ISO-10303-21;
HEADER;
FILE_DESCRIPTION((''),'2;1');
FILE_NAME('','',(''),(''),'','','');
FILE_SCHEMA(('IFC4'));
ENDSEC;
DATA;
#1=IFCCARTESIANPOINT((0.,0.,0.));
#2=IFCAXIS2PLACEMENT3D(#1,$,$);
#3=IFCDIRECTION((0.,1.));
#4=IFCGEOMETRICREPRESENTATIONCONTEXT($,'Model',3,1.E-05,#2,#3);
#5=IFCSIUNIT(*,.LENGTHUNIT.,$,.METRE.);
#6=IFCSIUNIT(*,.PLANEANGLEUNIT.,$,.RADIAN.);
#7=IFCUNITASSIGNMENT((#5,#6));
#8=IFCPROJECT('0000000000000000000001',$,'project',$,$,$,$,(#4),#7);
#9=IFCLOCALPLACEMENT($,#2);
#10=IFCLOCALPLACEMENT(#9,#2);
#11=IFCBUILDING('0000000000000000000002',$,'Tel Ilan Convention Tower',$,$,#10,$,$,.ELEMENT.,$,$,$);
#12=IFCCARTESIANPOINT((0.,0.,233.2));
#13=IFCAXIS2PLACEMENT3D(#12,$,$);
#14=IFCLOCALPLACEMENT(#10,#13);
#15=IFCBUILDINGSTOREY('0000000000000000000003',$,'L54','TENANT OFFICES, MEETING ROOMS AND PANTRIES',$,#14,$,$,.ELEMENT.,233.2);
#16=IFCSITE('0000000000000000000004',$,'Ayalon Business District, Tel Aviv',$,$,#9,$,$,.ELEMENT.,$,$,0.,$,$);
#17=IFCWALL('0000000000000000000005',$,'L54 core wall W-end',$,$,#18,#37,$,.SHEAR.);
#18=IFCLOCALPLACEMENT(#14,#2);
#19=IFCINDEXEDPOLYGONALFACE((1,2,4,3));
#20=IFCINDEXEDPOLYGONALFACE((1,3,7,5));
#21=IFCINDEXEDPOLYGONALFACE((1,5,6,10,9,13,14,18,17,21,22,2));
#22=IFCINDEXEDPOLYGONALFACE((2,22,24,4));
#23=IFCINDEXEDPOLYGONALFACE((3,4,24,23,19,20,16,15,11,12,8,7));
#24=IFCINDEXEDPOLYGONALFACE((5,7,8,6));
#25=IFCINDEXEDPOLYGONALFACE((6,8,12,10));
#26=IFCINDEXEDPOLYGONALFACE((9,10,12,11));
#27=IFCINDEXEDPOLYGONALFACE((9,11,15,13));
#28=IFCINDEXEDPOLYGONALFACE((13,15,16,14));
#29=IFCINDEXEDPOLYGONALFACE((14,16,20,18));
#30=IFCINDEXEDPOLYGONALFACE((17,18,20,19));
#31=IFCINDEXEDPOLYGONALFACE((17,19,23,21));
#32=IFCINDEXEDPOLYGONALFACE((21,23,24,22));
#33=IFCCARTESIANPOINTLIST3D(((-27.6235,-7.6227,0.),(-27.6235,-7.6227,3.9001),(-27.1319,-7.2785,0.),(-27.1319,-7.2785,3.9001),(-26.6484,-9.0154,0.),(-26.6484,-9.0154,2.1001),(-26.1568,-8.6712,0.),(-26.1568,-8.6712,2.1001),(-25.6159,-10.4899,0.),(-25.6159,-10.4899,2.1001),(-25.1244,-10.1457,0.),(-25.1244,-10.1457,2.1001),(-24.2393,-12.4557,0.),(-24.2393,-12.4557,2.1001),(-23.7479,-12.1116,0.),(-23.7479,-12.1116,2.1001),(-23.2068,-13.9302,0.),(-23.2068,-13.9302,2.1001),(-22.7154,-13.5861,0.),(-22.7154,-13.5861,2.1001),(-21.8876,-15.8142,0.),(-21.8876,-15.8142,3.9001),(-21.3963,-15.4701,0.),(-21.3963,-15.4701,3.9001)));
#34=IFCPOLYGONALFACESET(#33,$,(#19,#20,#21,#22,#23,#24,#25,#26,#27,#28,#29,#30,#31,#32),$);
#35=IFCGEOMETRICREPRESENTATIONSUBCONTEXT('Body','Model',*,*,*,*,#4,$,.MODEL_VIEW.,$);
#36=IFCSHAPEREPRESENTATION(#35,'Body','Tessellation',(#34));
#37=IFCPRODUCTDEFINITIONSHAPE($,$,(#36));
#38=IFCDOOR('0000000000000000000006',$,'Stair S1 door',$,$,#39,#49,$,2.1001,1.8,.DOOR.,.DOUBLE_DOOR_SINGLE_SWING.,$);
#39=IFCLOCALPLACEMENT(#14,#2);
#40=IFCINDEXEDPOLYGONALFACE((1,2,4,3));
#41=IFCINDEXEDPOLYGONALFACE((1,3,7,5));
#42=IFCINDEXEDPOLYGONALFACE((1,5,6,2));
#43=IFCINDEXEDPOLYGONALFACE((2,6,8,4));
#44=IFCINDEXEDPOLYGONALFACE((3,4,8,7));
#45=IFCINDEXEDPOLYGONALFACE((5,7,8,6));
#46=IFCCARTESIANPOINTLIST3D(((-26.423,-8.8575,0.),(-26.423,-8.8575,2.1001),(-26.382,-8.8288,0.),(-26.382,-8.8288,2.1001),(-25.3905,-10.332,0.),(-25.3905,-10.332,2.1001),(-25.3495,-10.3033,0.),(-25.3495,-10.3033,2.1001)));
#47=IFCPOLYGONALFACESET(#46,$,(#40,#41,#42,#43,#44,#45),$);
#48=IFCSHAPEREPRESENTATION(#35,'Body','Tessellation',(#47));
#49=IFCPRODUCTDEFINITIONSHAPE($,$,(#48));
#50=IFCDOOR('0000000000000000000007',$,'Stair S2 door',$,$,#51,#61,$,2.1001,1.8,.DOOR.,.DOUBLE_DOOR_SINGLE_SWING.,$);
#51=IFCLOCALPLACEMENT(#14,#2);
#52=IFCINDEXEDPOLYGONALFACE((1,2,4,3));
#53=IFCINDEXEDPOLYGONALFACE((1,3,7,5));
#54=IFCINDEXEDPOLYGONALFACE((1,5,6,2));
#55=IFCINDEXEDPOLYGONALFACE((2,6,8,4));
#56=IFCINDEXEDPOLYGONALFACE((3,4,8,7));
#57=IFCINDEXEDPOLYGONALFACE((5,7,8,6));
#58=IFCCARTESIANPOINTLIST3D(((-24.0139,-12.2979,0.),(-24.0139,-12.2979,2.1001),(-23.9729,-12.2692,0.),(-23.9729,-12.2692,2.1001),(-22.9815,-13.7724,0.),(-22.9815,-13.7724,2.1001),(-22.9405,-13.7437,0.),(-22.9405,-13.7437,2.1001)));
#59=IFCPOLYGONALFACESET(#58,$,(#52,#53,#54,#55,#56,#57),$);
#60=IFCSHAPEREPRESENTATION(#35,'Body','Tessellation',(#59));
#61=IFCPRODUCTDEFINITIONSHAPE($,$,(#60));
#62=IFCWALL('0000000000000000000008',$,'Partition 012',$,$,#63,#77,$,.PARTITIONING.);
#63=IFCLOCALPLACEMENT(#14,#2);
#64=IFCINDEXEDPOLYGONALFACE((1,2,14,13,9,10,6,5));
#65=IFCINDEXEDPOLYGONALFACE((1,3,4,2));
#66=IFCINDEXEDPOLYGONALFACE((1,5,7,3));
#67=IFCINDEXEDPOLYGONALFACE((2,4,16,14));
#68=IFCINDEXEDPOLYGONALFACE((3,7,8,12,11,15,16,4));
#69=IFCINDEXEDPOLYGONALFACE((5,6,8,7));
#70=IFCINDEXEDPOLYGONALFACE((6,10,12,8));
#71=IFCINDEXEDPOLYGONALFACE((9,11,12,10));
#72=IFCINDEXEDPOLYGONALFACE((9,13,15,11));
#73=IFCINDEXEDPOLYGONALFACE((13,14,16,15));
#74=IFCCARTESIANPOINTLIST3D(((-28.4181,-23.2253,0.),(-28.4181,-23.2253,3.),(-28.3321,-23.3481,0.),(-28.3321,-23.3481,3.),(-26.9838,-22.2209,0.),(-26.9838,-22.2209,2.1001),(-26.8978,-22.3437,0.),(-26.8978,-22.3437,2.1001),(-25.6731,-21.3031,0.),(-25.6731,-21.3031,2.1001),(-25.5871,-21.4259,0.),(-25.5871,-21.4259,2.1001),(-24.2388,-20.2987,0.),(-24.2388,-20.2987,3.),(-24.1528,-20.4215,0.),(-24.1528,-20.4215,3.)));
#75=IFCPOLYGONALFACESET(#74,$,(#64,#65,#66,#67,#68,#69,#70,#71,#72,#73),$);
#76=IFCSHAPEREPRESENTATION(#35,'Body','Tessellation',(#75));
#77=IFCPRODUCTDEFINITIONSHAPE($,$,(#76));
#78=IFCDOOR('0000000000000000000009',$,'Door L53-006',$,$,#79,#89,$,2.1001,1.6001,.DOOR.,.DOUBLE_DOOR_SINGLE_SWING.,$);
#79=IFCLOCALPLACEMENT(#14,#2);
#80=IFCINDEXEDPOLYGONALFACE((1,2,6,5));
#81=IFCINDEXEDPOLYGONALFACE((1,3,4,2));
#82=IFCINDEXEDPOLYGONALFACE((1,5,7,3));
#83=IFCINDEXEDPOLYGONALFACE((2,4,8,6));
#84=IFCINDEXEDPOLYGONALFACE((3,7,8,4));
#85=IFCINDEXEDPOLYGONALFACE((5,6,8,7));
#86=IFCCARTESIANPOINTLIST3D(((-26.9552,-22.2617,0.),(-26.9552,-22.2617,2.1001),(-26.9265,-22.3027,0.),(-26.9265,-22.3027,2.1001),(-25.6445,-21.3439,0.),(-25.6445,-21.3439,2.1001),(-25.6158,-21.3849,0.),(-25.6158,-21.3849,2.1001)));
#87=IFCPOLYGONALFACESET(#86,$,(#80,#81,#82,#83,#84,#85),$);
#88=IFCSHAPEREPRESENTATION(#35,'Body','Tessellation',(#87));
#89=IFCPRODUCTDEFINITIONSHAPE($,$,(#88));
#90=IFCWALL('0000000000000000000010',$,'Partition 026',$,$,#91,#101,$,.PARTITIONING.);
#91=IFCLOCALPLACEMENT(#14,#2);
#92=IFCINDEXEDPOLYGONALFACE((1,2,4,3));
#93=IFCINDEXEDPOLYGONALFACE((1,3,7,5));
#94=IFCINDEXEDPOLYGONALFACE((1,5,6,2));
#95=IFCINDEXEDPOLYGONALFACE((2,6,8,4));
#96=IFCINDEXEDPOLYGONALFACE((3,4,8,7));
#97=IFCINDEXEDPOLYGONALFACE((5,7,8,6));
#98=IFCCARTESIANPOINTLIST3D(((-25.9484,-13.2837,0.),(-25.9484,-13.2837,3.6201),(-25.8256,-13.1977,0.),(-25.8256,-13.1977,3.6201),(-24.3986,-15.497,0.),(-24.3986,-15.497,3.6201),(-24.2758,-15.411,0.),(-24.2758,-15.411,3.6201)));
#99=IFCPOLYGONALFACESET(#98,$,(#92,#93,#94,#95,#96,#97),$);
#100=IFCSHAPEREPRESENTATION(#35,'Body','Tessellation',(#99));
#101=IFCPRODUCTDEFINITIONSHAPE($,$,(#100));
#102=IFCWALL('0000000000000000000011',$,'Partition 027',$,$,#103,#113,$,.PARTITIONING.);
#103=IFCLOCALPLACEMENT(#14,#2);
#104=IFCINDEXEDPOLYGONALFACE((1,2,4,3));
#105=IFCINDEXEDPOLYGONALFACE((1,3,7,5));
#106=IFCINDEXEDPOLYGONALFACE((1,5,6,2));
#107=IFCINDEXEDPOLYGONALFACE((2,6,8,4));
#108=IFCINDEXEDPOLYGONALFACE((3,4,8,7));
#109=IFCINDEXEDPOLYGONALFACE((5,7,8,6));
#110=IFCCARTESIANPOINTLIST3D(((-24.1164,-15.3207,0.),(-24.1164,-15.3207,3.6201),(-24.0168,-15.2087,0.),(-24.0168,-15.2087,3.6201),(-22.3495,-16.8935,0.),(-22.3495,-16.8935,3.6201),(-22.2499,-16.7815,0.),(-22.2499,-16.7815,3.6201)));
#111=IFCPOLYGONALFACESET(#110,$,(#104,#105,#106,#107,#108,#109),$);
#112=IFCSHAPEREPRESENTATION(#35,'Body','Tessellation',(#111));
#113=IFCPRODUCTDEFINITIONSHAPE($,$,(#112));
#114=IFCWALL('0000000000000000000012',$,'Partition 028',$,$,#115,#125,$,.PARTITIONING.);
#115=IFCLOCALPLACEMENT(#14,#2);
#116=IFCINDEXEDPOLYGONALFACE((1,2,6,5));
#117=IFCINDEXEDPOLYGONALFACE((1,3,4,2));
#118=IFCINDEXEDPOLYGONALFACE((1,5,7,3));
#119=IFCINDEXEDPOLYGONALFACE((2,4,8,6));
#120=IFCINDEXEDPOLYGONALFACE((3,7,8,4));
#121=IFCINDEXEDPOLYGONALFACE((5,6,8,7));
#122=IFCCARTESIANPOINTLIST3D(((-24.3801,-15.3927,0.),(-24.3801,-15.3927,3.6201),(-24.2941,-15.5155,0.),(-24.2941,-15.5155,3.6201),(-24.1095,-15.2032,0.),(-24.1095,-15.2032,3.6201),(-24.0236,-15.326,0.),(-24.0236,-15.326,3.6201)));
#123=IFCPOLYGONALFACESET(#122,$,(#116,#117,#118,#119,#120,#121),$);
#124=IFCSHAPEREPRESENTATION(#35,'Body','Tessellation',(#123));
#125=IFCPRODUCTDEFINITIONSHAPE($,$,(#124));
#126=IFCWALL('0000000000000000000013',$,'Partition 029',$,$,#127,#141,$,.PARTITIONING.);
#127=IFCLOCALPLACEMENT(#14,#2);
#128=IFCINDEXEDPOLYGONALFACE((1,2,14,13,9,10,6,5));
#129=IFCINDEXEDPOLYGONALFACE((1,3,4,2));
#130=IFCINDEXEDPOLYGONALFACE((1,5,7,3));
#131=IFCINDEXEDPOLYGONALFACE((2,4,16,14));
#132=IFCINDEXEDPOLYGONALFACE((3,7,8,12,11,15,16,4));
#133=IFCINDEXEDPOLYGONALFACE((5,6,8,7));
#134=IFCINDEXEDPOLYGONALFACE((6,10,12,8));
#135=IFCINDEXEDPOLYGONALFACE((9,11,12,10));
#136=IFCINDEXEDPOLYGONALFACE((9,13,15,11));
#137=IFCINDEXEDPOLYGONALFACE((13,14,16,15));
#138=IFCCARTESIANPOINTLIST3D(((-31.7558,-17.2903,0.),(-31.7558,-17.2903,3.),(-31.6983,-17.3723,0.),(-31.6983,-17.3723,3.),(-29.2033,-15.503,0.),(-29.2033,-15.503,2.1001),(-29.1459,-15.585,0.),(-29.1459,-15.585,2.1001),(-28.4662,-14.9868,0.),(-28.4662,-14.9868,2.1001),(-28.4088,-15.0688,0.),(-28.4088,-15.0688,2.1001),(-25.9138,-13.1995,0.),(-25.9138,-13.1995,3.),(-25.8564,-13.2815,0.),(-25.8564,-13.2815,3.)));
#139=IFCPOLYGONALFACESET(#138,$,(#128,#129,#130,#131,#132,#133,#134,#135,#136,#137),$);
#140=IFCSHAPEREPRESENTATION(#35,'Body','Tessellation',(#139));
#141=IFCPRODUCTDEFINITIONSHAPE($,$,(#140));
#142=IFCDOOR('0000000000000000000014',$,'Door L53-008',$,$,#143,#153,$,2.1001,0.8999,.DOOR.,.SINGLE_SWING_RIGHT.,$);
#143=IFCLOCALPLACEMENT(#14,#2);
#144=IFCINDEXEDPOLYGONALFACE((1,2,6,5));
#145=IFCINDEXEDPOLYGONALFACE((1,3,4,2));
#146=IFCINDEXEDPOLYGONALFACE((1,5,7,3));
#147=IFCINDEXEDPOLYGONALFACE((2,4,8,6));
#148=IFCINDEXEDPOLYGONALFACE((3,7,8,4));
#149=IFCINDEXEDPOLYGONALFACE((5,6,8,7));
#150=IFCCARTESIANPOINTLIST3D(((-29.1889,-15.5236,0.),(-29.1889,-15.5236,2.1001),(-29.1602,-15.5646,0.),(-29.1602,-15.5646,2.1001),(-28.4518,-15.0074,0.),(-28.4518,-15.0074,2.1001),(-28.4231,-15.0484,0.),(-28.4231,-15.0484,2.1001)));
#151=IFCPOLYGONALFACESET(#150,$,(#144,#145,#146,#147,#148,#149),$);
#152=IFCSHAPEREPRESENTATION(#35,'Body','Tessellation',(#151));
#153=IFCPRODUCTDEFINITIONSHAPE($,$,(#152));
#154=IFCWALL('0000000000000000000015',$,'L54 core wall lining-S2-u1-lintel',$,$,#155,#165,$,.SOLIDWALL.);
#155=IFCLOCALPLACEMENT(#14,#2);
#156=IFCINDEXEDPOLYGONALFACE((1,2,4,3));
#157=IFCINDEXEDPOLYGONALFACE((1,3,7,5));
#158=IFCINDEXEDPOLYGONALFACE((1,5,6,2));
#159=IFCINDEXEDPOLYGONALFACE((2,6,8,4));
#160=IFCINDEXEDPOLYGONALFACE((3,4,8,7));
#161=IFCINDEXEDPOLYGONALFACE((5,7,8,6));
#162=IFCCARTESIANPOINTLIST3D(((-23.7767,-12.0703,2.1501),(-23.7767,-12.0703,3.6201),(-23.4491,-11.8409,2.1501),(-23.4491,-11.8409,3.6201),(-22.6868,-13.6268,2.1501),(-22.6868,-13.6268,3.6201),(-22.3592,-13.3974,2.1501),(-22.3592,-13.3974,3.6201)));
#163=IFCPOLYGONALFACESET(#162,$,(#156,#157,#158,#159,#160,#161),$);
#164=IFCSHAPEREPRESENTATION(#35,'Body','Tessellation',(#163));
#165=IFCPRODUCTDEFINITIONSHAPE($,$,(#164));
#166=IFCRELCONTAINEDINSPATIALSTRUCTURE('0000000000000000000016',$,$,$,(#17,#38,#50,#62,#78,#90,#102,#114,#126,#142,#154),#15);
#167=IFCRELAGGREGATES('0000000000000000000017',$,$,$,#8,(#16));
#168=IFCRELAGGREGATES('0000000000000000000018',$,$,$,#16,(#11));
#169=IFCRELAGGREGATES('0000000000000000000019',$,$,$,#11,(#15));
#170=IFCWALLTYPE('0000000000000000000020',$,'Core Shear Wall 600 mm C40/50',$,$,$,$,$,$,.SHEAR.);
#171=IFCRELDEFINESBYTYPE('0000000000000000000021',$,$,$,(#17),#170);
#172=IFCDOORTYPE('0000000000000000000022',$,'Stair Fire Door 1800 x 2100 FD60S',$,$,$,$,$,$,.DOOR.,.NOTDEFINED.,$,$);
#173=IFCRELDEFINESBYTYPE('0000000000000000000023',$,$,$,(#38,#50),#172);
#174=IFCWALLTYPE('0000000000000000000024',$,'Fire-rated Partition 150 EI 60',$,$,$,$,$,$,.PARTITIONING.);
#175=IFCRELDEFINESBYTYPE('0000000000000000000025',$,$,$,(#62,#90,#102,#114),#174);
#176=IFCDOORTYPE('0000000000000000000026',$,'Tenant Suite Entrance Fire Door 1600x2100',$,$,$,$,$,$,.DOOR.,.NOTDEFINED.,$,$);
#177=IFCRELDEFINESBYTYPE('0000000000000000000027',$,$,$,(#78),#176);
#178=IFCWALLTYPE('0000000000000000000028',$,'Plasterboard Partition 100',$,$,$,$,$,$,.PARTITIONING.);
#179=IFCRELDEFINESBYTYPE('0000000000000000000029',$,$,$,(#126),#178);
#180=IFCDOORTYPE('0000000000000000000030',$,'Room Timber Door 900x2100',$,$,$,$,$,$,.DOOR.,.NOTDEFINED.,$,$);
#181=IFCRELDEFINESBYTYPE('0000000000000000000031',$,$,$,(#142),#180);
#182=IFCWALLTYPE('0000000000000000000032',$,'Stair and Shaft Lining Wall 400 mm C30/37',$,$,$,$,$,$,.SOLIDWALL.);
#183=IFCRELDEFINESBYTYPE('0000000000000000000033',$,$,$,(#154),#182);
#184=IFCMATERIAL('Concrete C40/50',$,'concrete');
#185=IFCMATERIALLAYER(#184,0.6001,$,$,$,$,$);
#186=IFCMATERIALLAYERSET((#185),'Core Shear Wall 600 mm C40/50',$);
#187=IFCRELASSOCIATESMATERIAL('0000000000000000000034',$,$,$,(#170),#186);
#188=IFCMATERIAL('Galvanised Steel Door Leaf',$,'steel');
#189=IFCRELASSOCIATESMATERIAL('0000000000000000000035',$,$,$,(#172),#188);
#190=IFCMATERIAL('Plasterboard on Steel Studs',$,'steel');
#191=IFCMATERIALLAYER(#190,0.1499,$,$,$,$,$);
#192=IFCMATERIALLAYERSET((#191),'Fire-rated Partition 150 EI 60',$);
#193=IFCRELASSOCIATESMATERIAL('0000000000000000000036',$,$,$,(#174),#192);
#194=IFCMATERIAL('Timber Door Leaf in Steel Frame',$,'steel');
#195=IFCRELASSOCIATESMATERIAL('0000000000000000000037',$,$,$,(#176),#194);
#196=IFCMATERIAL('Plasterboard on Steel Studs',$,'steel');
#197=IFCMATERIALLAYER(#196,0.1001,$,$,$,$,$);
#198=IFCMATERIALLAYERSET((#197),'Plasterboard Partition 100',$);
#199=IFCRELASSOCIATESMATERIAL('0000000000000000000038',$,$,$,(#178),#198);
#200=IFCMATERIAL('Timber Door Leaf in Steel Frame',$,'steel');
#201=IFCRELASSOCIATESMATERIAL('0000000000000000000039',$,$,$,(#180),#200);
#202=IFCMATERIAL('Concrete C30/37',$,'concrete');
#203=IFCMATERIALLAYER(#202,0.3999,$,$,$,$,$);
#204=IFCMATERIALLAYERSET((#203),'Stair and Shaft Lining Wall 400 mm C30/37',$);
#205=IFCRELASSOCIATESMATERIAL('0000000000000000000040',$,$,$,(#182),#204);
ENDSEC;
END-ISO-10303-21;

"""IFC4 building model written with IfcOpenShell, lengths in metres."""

from ifc_helpers import new_model, si_unit, direction, frame, frame_2d, origin, place, context, subcontext, project, spatial, polyline, rectangle, outline, extrude, material, layer, layer_set, type_object, element, fill, save


model = new_model("IFC4")

# Units and contexts
model_context = context("Model", 3, precision=1e-05, world=origin(), true_north=direction((0.0, 1.0)))
body_context = subcontext(model_context, "Body", "Model", "MODEL_VIEW")
ifc_project = project(units=[si_unit("LENGTHUNIT", "METRE"), si_unit("PLANEANGLEUNIT", "RADIAN")], contexts=[model_context])

# Site, building, storey
site_placement = place(None, origin())
site = spatial("IfcSite", under=ifc_project, at=site_placement, Name="Ayalon Business District, Tel Aviv", CompositionType="ELEMENT", RefElevation=0.0)
building_placement = place(site_placement, origin())
building = spatial("IfcBuilding", under=site, at=building_placement, Name="Tel Ilan Convention Tower", CompositionType="ELEMENT")
storey_placement = place(building_placement, frame((0.0, 0.0, 233.2)))
storey = spatial("IfcBuildingStorey", under=building, at=storey_placement, Name="L54", Description="TENANT OFFICES, MEETING ROOMS AND PANTRIES", CompositionType="ELEMENT", Elevation=233.2)

# Wall, openings, doors
ifc_material_1 = material(Name="Concrete C40/50", Category="concrete")
ifc_layer_1 = layer(ifc_material_1, 0.6001)
ifc_layer_set_1 = layer_set([ifc_layer_1], Name="Core Shear Wall 600 mm C40/50")
wall_type_1 = type_object("IfcWallType", Name="Core Shear Wall 600 mm C40/50", PredefinedType="SHEAR", material=ifc_layer_set_1)
wall_1_placement = place(storey_placement, frame((-21.6418, -15.6421, 0.0), z_axis=(0.0, 0.0, 1.0), x_axis=(-0.573587, 0.819145, 0.0)))
wall_1 = element("IfcWall", 1, at=wall_1_placement, inside=storey, type_object=wall_type_1, Name="L54 core wall W-end", PredefinedType="SHEAR", context=body_context, shape_type="SweptSolid", body=[
    extrude(outline(polyline([(0.0, 0.3), (0.0, -0.2998), (10.0, -0.3), (10.0, 0.3), (0.0, 0.3)])), origin(), (0.0, 0.0, 1.0), 3.9001),
])
opening_1_placement = place(wall_1_placement, frame((6.5, 0.0, 0.0)))
opening_1 = element("IfcOpeningElement", 2, at=opening_1_placement, cuts=wall_1, PredefinedType="OPENING", context=body_context, shape_type="SweptSolid", body=[
    extrude(rectangle(XDim=1.8, YDim=2.1001, at=frame_2d((0.8999, 1.05))), frame((0.0, 0.3101, 0.0), z_axis=(0.0, -1.0, 0.0), x_axis=(1.0, 0.0, 0.0)), (0.0, 0.0, 1.0), 0.6201),
])
opening_2_placement = place(wall_1_placement, frame((2.3, 0.0, 0.0)))
opening_2 = element("IfcOpeningElement", 3, at=opening_2_placement, cuts=wall_1, PredefinedType="OPENING", context=body_context, shape_type="SweptSolid", body=[
    extrude(rectangle(XDim=1.8, YDim=2.1001, at=frame_2d((0.8999, 1.05))), frame((0.0, 0.3101, 0.0), z_axis=(0.0, -1.0, 0.0), x_axis=(1.0, 0.0, 0.0)), (0.0, 0.0, 1.0), 0.6201),
])
ifc_material_2 = material(Name="Galvanised Steel Door Leaf", Category="steel")
door_type_1 = type_object("IfcDoorType", Name="Stair Fire Door 1800 x 2100 FD60S", OperationType="NOTDEFINED", PredefinedType="DOOR", material=ifc_material_2)
door_1_placement = place(opening_1_placement, origin())
door_1 = element("IfcDoor", 4, at=door_1_placement, inside=storey, type_object=door_type_1, Name="Stair S1 door", OperationType="DOUBLE_DOOR_SINGLE_SWING", OverallHeight=2.1001, OverallWidth=1.8, PredefinedType="DOOR", context=body_context, shape_type="SweptSolid", body=[
    extrude(rectangle(XDim=1.8, YDim=2.1001, at=frame_2d((0.8999, 1.05))), frame((0.0, 0.0249, 0.0), z_axis=(0.0, -1.0, 0.0), x_axis=(1.0, 0.0, 0.0)), (0.0, 0.0, 1.0), 0.05),
])
fill(opening_1, door_1)
door_2_placement = place(opening_2_placement, origin())
door_2 = element("IfcDoor", 5, at=door_2_placement, inside=storey, type_object=door_type_1, Name="Stair S2 door", OperationType="DOUBLE_DOOR_SINGLE_SWING", OverallHeight=2.1001, OverallWidth=1.8, PredefinedType="DOOR", context=body_context, shape_type="SweptSolid", body=[
    extrude(rectangle(XDim=1.8, YDim=2.1001, at=frame_2d((0.8999, 1.05))), frame((0.0, 0.0249, 0.0), z_axis=(0.0, -1.0, 0.0), x_axis=(1.0, 0.0, 0.0)), (0.0, 0.0, 1.0), 0.05),
])
fill(opening_2, door_2)

# Wall, opening, door
ifc_material_3 = material(Name="Plasterboard on Steel Studs", Category="steel")
ifc_layer_2 = layer(ifc_material_3, 0.1499)
ifc_layer_set_2 = layer_set([ifc_layer_2], Name="Fire-rated Partition 150 EI 60")
wall_type_2 = type_object("IfcWallType", Name="Fire-rated Partition 150 EI 60", PredefinedType="PARTITIONING", material=ifc_layer_set_2)
wall_2_placement = place(storey_placement, frame((-24.1958, -20.3601, 0.0), z_axis=(0.0, 0.0, 1.0), x_axis=(-0.819133, -0.573604, 0.0)))
wall_2 = element("IfcWall", 6, at=wall_2_placement, inside=storey, type_object=wall_type_2, Name="Partition 012", PredefinedType="PARTITIONING", context=body_context, shape_type="SweptSolid", body=[
    extrude(rectangle(XDim=5.1021, YDim=0.1499, at=frame_2d((2.551, 0.0))), origin(), (0.0, 0.0, 1.0), 3.0),
])
opening_3_placement = place(wall_2_placement, frame((1.751, 0.0, 0.0)))
opening_3 = element("IfcOpeningElement", 7, at=opening_3_placement, cuts=wall_2, PredefinedType="OPENING", context=body_context, shape_type="SweptSolid", body=[
    extrude(rectangle(XDim=1.6001, YDim=2.1001, at=frame_2d((0.8, 1.05))), frame((0.0, 0.085, 0.0), z_axis=(0.0, -1.0, 0.0), x_axis=(1.0, 0.0, 0.0)), (0.0, 0.0, 1.0), 0.1699),
])
ifc_material_4 = material(Name="Timber Door Leaf in Steel Frame", Category="steel")
door_type_2 = type_object("IfcDoorType", Name="Tenant Suite Entrance Fire Door 1600x2100", OperationType="NOTDEFINED", PredefinedType="DOOR", material=ifc_material_4)
door_3_placement = place(opening_3_placement, origin())
door_3 = element("IfcDoor", 8, at=door_3_placement, inside=storey, type_object=door_type_2, Name="Door L53-006", OperationType="DOUBLE_DOOR_SINGLE_SWING", OverallHeight=2.1001, OverallWidth=1.6001, PredefinedType="DOOR", context=body_context, shape_type="SweptSolid", body=[
    extrude(rectangle(XDim=1.6001, YDim=2.1001, at=frame_2d((0.8, 1.05))), frame((0.0, 0.0249, 0.0), z_axis=(0.0, -1.0, 0.0), x_axis=(1.0, 0.0, 0.0)), (0.0, 0.0, 1.0), 0.05),
])
fill(opening_3, door_3)

# Walls
wall_3_placement = place(storey_placement, frame((-24.3372, -15.4541, 0.0), z_axis=(0.0, 0.0, 1.0), x_axis=(-0.573571, 0.819156, 0.0)))
element("IfcWall", 9, at=wall_3_placement, inside=storey, type_object=wall_type_2, Name="Partition 026", PredefinedType="PARTITIONING", context=body_context, shape_type="SweptSolid", body=[
    extrude(rectangle(XDim=2.7019, YDim=0.1499, at=frame_2d((1.3511, 0.0))), origin(), (0.0, 0.0, 1.0), 3.6201),
])
wall_4_placement = place(storey_placement, frame((-22.2998, -16.8374, 0.0), z_axis=(0.0, 0.0, 1.0), x_axis=(-0.746942, 0.664889, 0.0)))
element("IfcWall", 10, at=wall_4_placement, inside=storey, type_object=wall_type_2, Name="Partition 027", PredefinedType="PARTITIONING", context=body_context, shape_type="SweptSolid", body=[
    extrude(rectangle(XDim=2.3655, YDim=0.1499, at=frame_2d((1.1826, 0.0))), origin(), (0.0, 0.0, 1.0), 3.6201),
])
wall_5_placement = place(storey_placement, frame((-24.0667, -15.2646, 0.0), z_axis=(0.0, 0.0, 1.0), x_axis=(-0.819093, -0.573661, 0.0)))
element("IfcWall", 11, at=wall_5_placement, inside=storey, type_object=wall_type_2, Name="Partition 028", PredefinedType="PARTITIONING", context=body_context, shape_type="SweptSolid", body=[
    extrude(rectangle(XDim=0.3303, YDim=0.1499, at=frame_2d((0.165, 0.0))), origin(), (0.0, 0.0, 1.0), 3.6201),
])

# Wall, opening, door
ifc_material_5 = material(Name="Plasterboard on Steel Studs", Category="steel")
ifc_layer_3 = layer(ifc_material_5, 0.1001)
ifc_layer_set_3 = layer_set([ifc_layer_3], Name="Plasterboard Partition 100")
wall_type_3 = type_object("IfcWallType", Name="Plasterboard Partition 100", PredefinedType="PARTITIONING", material=ifc_layer_set_3)
wall_6_placement = place(storey_placement, frame((-31.7271, -17.3313, 0.0), z_axis=(0.0, 0.0, 1.0), x_axis=(0.81914, 0.573593, 0.0)))
wall_6 = element("IfcWall", 12, at=wall_6_placement, inside=storey, type_object=wall_type_3, Name="Partition 029", PredefinedType="PARTITIONING", context=body_context, shape_type="SweptSolid", body=[
    extrude(rectangle(XDim=7.1318, YDim=0.1001, at=frame_2d((3.5659, 0.0))), origin(), (0.0, 0.0, 1.0), 3.0),
])
opening_4_placement = place(wall_6_placement, frame((3.116, 0.0, 0.0)))
opening_4 = element("IfcOpeningElement", 13, at=opening_4_placement, cuts=wall_6, PredefinedType="OPENING", context=body_context, shape_type="SweptSolid", body=[
    extrude(rectangle(XDim=0.8999, YDim=2.1001, at=frame_2d((0.45, 1.05))), frame((0.0, 0.0601, 0.0), z_axis=(0.0, -1.0, 0.0), x_axis=(1.0, 0.0, 0.0)), (0.0, 0.0, 1.0), 0.1201),
])
ifc_material_6 = material(Name="Timber Door Leaf in Steel Frame", Category="steel")
door_type_3 = type_object("IfcDoorType", Name="Room Timber Door 900x2100", OperationType="NOTDEFINED", PredefinedType="DOOR", material=ifc_material_6)
door_4_placement = place(opening_4_placement, origin())
door_4 = element("IfcDoor", 14, at=door_4_placement, inside=storey, type_object=door_type_3, Name="Door L53-008", OperationType="SINGLE_SWING_RIGHT", OverallHeight=2.1001, OverallWidth=0.8999, PredefinedType="DOOR", context=body_context, shape_type="SweptSolid", body=[
    extrude(rectangle(XDim=0.8999, YDim=2.1001, at=frame_2d((0.45, 1.05))), frame((0.0, 0.0249, 0.0), z_axis=(0.0, -1.0, 0.0), x_axis=(1.0, 0.0, 0.0)), (0.0, 0.0, 1.0), 0.05),
])
fill(opening_4, door_4)

# Wall
ifc_material_7 = material(Name="Concrete C30/37", Category="concrete")
ifc_layer_4 = layer(ifc_material_7, 0.3999)
ifc_layer_set_4 = layer_set([ifc_layer_4], Name="Stair and Shaft Lining Wall 400 mm C30/37")
wall_type_4 = type_object("IfcWallType", Name="Stair and Shaft Lining Wall 400 mm C30/37", PredefinedType="SOLIDWALL", material=ifc_layer_set_4)
wall_7_placement = place(storey_placement, frame((-22.5229, -13.5122, 2.1501), z_axis=(0.0, 0.0, 1.0), x_axis=(-0.573592, 0.819141, 0.0)))
element("IfcWall", 15, at=wall_7_placement, inside=storey, type_object=wall_type_4, Name="L54 core wall lining-S2-u1-lintel", PredefinedType="SOLIDWALL", context=body_context, shape_type="SweptSolid", body=[
    extrude(rectangle(XDim=1.9001, YDim=0.3999, at=frame_2d((0.9502, 0.0))), origin(), (0.0, 0.0, 1.0), 1.47),
])

save(model, "model.ifc")
